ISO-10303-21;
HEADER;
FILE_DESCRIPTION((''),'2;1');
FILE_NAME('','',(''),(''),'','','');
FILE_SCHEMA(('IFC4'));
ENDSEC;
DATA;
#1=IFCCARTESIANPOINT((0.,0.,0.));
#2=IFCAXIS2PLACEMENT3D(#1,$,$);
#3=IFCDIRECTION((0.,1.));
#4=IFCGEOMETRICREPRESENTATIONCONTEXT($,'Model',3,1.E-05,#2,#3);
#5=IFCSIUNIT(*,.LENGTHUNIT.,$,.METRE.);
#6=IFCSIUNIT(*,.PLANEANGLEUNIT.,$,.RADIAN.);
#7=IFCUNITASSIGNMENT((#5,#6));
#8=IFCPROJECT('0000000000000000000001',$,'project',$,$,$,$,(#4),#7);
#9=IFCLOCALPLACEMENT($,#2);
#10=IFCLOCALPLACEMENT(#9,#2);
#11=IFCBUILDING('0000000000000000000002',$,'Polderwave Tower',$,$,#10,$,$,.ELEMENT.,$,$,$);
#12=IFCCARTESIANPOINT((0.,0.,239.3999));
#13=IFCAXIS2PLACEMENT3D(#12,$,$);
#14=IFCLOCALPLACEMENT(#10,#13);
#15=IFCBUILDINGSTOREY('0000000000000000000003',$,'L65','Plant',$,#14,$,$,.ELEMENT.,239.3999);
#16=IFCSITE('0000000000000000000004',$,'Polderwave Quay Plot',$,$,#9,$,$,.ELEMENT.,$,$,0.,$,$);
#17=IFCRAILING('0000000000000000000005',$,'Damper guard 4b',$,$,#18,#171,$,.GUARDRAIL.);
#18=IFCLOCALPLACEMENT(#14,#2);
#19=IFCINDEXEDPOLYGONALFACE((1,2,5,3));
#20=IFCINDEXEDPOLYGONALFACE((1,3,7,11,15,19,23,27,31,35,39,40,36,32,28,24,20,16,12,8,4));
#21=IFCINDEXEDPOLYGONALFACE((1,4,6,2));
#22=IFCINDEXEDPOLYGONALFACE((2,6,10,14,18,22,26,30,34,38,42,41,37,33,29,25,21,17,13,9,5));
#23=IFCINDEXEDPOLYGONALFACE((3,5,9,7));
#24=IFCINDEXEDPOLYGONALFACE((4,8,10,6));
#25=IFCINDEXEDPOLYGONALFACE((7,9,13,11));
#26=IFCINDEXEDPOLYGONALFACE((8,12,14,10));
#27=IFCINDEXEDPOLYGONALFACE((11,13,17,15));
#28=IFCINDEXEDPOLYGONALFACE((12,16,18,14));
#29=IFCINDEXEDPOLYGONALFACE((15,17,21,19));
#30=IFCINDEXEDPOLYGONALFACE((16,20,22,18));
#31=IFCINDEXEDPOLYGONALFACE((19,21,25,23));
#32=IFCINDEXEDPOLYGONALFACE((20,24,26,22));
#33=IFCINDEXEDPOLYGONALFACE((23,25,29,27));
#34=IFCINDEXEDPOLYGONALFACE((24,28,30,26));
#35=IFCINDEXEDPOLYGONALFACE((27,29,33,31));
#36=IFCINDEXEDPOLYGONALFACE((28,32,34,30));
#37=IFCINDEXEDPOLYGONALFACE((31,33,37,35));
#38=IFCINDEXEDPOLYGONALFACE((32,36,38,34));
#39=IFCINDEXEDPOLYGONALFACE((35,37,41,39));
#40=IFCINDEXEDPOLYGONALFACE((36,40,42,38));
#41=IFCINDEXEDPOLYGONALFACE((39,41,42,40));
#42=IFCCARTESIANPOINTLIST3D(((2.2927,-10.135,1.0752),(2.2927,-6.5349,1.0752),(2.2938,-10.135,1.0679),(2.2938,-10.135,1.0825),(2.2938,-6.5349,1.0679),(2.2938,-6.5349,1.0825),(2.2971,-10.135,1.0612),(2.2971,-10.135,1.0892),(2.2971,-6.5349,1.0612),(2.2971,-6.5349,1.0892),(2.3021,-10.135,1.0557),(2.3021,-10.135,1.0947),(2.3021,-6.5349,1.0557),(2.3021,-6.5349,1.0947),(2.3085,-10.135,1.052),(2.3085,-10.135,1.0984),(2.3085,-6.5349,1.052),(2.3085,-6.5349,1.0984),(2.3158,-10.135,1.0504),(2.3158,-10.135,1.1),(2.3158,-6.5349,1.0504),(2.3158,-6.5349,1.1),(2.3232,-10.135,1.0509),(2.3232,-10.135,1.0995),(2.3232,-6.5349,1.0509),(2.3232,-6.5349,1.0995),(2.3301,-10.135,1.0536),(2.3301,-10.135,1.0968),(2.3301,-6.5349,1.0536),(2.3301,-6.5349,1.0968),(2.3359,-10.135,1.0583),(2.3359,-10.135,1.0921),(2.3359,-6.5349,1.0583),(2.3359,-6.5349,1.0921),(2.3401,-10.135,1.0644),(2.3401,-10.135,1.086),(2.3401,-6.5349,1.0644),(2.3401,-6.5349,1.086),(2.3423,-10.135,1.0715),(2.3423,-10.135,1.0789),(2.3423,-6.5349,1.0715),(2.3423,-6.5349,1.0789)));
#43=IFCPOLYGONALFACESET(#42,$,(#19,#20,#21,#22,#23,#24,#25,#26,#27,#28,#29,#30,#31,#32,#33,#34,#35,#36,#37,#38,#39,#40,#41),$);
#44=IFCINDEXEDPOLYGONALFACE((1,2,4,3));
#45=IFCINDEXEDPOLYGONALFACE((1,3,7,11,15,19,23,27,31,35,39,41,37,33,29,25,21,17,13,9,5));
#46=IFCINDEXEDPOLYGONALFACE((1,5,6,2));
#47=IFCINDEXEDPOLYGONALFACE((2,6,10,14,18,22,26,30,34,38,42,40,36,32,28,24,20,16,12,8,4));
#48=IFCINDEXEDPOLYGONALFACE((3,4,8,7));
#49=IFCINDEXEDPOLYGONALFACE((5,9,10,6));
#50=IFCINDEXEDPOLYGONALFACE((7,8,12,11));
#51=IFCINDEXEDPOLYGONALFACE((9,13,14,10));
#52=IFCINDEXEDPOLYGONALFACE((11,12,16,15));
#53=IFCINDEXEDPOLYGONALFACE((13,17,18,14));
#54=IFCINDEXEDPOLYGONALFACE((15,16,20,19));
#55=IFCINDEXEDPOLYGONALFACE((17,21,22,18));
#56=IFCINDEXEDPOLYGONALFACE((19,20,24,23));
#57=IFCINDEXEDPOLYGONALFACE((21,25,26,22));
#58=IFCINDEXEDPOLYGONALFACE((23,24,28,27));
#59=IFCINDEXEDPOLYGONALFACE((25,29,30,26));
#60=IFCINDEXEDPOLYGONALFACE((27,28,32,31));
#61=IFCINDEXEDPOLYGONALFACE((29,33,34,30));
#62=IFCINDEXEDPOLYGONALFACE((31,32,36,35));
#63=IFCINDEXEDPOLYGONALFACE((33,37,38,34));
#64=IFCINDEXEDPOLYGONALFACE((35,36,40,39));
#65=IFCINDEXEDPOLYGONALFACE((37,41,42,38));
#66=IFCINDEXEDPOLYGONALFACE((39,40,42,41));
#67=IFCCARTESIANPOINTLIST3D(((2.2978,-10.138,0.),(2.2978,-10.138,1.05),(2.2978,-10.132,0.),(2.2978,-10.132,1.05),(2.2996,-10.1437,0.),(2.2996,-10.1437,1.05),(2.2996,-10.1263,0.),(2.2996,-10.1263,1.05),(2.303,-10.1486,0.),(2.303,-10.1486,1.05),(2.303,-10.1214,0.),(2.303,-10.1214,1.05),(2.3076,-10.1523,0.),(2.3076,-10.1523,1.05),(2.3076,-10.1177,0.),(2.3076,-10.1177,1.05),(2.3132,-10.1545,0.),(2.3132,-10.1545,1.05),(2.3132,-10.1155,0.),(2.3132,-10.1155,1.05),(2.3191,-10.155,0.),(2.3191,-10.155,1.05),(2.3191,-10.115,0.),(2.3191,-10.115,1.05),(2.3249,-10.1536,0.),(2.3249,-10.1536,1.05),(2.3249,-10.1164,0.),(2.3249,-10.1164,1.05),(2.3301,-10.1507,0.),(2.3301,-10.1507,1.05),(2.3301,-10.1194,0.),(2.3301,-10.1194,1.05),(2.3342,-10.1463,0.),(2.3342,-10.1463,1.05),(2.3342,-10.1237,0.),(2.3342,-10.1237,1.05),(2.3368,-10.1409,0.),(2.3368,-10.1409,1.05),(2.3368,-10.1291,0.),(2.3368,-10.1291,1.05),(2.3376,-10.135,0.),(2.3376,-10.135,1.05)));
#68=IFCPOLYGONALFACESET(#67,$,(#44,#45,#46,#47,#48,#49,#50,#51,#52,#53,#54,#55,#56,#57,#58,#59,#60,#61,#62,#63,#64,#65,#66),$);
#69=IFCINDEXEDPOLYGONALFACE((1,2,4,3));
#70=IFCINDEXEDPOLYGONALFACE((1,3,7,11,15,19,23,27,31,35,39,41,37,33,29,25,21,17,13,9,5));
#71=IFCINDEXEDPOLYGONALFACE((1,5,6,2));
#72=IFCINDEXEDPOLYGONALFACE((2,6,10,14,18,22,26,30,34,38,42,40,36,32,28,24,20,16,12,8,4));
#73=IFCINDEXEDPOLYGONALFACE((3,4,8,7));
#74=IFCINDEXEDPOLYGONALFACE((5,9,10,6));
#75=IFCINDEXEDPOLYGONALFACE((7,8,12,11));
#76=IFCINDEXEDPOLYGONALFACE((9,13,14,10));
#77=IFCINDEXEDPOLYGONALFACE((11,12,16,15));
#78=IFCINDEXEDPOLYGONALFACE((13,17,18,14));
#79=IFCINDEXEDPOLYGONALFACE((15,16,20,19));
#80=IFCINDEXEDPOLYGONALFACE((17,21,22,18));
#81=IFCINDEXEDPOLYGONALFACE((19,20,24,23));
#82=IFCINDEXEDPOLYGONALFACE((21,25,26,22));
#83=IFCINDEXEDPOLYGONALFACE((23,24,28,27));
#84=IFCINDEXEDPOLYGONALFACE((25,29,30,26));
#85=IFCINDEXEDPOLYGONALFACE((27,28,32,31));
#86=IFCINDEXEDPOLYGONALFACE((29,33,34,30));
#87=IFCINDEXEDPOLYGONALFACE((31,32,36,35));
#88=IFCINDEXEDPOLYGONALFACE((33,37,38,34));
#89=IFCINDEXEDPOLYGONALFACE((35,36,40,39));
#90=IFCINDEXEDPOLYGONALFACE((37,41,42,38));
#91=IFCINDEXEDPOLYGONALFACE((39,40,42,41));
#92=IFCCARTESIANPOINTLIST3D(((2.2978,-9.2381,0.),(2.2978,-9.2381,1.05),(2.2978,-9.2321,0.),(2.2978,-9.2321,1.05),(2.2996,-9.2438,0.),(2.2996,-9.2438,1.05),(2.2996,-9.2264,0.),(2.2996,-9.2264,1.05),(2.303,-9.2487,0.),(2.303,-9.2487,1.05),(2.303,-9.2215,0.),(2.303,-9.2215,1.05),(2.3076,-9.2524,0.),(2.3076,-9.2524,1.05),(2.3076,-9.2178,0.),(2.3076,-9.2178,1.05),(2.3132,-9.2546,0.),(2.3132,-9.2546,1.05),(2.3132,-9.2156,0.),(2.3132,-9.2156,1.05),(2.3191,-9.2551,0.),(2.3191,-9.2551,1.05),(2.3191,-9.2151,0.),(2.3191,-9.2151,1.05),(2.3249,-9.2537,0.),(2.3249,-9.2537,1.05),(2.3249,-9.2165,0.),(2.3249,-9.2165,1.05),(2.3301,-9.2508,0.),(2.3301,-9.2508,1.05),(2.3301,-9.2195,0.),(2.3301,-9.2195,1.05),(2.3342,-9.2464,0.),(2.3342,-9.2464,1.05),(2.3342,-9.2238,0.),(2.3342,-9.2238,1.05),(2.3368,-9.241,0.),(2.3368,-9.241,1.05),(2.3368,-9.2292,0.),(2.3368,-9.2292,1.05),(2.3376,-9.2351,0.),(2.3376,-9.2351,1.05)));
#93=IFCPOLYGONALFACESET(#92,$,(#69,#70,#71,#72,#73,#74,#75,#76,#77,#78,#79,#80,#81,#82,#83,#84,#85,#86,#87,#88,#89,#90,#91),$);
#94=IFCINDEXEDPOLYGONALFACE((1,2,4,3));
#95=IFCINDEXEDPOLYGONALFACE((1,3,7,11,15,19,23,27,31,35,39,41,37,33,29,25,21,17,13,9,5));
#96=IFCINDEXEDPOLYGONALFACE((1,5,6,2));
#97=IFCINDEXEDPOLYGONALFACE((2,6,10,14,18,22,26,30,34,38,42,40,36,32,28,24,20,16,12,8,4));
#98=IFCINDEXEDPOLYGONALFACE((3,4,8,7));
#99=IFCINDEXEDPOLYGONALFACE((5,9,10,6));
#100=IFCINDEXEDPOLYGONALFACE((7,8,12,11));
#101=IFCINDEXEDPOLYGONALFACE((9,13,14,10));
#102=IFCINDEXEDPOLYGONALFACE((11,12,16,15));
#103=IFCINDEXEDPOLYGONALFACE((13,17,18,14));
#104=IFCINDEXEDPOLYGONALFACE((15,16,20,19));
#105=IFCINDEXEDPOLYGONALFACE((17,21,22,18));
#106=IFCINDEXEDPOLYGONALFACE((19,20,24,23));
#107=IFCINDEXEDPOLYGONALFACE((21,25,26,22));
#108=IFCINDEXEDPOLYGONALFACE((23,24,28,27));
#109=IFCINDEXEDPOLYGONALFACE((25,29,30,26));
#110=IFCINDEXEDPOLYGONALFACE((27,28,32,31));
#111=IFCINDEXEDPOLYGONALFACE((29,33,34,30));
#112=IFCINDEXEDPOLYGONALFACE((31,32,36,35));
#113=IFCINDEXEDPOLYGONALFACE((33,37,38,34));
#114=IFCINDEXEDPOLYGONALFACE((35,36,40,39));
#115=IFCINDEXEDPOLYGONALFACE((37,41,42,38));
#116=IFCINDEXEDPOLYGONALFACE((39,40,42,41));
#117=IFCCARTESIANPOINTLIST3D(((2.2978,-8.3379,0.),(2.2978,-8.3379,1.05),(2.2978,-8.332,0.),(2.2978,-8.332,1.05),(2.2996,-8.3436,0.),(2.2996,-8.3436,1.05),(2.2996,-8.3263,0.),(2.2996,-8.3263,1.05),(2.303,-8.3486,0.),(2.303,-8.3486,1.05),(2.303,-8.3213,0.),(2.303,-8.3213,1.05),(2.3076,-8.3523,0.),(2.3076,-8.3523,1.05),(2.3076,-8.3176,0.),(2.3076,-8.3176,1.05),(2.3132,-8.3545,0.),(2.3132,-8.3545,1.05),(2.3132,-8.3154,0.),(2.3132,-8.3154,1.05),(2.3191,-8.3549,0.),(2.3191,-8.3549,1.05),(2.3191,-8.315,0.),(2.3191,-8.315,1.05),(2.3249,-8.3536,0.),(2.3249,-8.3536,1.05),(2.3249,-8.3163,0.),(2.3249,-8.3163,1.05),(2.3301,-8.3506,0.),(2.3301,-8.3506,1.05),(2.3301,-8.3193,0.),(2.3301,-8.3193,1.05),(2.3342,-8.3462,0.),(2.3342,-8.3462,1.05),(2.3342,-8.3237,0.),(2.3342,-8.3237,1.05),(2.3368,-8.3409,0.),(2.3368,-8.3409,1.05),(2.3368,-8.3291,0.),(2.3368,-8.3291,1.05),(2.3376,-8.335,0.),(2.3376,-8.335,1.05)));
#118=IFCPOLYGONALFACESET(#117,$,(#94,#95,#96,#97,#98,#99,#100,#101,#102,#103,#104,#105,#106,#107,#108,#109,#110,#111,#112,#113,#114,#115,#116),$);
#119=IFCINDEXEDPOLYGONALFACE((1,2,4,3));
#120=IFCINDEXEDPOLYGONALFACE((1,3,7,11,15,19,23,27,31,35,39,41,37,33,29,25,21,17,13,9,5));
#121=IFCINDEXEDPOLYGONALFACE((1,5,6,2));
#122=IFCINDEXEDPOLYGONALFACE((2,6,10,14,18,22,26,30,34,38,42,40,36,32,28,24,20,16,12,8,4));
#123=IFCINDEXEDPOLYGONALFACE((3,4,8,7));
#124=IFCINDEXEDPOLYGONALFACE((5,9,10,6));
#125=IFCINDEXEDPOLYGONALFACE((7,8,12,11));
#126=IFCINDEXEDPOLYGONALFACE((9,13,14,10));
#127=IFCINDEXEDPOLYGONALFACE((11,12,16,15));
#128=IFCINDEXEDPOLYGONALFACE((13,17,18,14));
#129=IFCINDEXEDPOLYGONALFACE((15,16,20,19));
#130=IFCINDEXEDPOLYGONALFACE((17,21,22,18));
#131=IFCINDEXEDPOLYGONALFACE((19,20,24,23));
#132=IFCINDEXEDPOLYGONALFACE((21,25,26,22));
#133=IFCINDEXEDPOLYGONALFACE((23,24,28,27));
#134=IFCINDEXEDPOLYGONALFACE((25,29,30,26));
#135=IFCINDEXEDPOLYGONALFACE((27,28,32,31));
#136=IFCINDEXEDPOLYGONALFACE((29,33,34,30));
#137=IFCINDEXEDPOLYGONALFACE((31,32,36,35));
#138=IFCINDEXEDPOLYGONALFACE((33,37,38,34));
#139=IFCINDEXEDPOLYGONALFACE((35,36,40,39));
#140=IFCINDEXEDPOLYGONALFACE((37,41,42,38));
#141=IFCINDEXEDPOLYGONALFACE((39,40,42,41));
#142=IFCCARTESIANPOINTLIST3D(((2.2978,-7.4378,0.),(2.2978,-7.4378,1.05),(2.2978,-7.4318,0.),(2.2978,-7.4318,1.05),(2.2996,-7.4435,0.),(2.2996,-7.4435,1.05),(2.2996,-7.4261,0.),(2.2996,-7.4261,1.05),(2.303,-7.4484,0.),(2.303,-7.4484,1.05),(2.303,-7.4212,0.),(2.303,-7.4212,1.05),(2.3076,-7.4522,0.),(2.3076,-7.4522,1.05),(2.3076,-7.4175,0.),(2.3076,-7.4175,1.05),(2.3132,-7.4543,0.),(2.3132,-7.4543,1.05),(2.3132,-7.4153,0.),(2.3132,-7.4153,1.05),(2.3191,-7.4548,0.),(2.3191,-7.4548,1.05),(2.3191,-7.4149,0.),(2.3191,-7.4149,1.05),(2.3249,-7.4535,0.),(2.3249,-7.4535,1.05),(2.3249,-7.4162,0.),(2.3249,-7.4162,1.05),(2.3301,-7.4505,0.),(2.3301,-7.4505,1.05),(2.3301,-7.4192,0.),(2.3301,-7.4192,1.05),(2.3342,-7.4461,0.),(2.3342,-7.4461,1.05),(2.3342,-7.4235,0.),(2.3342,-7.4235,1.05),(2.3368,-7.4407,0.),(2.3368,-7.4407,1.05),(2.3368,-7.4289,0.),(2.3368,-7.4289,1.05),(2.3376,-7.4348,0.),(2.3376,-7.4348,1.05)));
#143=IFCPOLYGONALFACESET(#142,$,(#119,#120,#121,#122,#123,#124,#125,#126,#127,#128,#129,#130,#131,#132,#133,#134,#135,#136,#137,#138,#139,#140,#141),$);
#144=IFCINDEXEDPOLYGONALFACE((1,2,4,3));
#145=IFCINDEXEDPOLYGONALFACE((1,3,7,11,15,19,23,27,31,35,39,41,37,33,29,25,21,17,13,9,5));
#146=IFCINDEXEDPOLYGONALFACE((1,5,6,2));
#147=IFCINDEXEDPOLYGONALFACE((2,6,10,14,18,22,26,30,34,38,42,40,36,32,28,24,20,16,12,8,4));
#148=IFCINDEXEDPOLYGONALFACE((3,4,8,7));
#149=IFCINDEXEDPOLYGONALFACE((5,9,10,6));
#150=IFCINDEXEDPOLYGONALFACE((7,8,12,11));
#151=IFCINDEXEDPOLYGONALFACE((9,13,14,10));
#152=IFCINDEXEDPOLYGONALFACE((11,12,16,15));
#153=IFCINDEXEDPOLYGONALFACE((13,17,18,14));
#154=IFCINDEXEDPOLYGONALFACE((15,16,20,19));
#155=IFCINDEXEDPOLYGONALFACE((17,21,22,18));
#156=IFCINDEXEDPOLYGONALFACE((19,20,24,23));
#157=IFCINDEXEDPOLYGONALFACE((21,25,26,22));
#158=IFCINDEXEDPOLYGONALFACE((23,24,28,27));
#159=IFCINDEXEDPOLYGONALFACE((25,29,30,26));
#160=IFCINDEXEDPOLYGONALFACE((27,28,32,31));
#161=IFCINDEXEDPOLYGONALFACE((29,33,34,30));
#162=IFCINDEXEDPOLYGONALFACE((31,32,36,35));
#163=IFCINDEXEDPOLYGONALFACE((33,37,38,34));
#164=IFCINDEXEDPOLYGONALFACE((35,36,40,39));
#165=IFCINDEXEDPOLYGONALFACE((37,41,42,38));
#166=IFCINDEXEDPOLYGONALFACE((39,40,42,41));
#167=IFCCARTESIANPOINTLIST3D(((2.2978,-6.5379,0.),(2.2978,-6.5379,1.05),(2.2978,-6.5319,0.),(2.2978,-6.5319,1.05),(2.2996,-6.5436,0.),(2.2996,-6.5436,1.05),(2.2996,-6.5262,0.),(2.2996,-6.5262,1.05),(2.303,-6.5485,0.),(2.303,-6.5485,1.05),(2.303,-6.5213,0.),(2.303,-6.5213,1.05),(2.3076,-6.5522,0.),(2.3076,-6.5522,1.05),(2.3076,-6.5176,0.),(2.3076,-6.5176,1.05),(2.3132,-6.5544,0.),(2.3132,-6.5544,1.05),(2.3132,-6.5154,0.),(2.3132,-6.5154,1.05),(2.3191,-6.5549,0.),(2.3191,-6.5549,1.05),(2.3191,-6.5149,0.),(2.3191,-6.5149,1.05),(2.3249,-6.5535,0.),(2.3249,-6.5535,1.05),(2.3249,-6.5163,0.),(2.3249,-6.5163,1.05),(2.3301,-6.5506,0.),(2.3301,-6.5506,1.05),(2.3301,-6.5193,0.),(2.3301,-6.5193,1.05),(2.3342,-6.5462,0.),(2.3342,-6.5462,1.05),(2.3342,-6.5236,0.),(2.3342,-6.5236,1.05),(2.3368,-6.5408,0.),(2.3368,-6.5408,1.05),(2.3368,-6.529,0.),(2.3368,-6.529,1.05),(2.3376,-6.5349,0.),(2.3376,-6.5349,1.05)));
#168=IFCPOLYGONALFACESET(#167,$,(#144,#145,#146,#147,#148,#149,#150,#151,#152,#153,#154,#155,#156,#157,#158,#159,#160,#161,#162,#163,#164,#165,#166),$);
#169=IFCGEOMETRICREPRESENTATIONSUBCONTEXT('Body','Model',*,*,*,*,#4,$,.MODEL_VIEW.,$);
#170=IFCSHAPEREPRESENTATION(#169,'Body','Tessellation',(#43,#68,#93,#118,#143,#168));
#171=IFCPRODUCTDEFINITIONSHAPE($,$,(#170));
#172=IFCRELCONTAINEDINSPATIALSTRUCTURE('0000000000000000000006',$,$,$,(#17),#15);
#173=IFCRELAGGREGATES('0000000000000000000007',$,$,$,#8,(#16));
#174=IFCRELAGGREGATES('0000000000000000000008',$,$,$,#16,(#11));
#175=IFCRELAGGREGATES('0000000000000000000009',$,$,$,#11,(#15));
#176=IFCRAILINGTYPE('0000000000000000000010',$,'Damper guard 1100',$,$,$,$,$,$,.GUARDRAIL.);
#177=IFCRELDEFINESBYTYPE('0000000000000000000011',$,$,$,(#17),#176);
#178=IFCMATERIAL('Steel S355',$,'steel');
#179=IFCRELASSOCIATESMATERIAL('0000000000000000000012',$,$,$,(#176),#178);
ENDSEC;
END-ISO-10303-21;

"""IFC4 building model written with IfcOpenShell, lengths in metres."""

from ifc_helpers import new_model, si_unit, direction, frame, origin, origin_2d, place, context, subcontext, project, spatial, circle, extrude, material, type_object, element, save


model = new_model("IFC4")

# Units and contexts
model_context = context("Model", 3, precision=1e-05, world=origin(), true_north=direction((0.0, 1.0)))
body_context = subcontext(model_context, "Body", "Model", "MODEL_VIEW")
ifc_project = project(units=[si_unit("LENGTHUNIT", "METRE"), si_unit("PLANEANGLEUNIT", "RADIAN")], contexts=[model_context])

# Site, building, storey
site_placement = place(None, origin())
site = spatial("IfcSite", under=ifc_project, at=site_placement, Name="Polderwave Quay Plot", CompositionType="ELEMENT", RefElevation=0.0)
building_placement = place(site_placement, origin())
building = spatial("IfcBuilding", under=site, at=building_placement, Name="Polderwave Tower", CompositionType="ELEMENT")
storey_placement = place(building_placement, frame((0.0, 0.0, 239.3999)))
storey = spatial("IfcBuildingStorey", under=building, at=storey_placement, Name="L65", Description="Plant", CompositionType="ELEMENT", Elevation=239.3999)

# Railing
ifc_material_1 = material(Name="Steel S355", Category="steel")
railing_type = type_object("IfcRailingType", Name="Damper guard 1100", PredefinedType="GUARDRAIL", material=ifc_material_1)
railing_placement = place(storey_placement, frame((2.3176, -10.135, 0.0)))
element("IfcRailing", 1, at=railing_placement, inside=storey, type_object=railing_type, Name="Damper guard 4b", PredefinedType="GUARDRAIL", context=body_context, shape_type="SweptSolid", body=[
    extrude(circle(Radius=0.0249, at=origin_2d()), frame((0.0, 0.0, 1.0752), z_axis=(0.0, 1.0, 0.0), x_axis=(-1.0, 0.0, 0.0)), (0.0, 0.0, 1.0), 3.6001),
    extrude(circle(Radius=0.02, at=origin_2d()), origin(), (0.0, 0.0, 1.0), 1.05),
    extrude(circle(Radius=0.02, at=origin_2d()), frame((0.0, 0.8999, 0.0)), (0.0, 0.0, 1.0), 1.05),
    extrude(circle(Radius=0.02, at=origin_2d()), frame((0.0, 1.8, 0.0)), (0.0, 0.0, 1.0), 1.05),
    extrude(circle(Radius=0.02, at=origin_2d()), frame((0.0, 2.7002, 0.0)), (0.0, 0.0, 1.0), 1.05),
    extrude(circle(Radius=0.02, at=origin_2d()), frame((0.0, 3.6001, 0.0)), (0.0, 0.0, 1.0), 1.05),
])

save(model, "model.ifc")
